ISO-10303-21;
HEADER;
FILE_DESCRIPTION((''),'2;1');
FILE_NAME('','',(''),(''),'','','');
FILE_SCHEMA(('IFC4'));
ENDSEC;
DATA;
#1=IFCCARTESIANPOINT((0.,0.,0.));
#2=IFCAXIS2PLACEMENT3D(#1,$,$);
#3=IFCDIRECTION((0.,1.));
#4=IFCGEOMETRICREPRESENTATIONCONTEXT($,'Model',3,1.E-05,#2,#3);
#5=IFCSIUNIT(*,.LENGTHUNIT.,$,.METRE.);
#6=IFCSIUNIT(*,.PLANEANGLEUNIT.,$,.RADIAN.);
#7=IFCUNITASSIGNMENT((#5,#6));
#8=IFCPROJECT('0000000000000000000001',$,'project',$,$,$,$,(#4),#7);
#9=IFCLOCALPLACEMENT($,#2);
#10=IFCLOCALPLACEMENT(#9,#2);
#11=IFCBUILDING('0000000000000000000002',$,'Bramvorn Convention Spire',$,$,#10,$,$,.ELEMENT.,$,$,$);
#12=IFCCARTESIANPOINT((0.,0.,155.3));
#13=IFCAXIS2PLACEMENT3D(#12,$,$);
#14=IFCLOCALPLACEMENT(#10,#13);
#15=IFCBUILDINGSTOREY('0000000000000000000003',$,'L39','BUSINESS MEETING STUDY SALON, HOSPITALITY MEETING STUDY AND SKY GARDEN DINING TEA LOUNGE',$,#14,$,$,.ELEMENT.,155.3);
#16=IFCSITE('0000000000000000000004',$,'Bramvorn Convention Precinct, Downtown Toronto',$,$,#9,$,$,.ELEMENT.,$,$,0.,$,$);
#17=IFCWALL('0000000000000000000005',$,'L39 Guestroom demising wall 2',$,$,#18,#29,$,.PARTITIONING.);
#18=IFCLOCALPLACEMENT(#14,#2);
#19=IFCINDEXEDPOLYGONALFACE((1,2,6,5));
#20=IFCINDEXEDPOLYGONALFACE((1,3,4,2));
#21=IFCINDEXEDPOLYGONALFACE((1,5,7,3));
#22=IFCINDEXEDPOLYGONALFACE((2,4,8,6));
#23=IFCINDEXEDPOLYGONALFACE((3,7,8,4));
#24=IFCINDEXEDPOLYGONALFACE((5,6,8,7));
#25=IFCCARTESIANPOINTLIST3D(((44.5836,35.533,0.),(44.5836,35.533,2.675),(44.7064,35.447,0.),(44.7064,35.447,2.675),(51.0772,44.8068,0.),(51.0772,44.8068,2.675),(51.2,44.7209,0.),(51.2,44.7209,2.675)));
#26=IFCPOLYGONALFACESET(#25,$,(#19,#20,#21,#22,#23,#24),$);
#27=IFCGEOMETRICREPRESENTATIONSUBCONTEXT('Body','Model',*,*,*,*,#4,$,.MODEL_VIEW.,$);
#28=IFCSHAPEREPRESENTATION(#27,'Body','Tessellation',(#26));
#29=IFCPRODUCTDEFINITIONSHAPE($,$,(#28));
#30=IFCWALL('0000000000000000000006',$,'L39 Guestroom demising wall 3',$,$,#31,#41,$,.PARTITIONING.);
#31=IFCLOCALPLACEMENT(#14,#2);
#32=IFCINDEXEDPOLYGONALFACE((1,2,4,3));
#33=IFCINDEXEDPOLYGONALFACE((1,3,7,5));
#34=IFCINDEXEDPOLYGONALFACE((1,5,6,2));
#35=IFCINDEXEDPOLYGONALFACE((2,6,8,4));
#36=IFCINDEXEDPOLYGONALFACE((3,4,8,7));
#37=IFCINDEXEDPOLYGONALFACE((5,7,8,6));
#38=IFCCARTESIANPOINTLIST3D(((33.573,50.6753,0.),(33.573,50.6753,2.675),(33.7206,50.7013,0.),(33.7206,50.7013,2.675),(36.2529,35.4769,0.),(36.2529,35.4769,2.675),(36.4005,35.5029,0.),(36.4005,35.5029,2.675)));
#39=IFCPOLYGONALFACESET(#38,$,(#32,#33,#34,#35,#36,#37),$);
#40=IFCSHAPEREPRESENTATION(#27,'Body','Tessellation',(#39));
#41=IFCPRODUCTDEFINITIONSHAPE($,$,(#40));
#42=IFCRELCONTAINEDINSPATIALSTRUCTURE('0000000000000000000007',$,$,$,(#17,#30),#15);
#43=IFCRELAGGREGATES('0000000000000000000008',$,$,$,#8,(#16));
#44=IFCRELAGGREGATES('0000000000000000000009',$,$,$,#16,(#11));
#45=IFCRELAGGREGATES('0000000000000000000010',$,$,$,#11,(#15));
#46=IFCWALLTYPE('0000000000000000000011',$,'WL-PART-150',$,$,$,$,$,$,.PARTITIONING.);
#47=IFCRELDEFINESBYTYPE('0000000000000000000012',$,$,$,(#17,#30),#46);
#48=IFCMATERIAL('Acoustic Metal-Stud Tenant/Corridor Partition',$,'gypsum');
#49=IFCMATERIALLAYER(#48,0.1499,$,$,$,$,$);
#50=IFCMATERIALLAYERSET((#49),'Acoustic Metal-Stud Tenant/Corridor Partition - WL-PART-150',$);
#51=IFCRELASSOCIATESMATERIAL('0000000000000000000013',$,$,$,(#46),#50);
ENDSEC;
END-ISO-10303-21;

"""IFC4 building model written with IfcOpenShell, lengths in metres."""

from ifc_helpers import new_model, si_unit, direction, frame, frame_2d, origin, place, context, subcontext, project, spatial, rectangle, extrude, material, layer, layer_set, type_object, element, save


model = new_model("IFC4")

# Units and contexts
model_context = context("Model", 3, precision=1e-05, world=origin(), true_north=direction((0.0, 1.0)))
body_context = subcontext(model_context, "Body", "Model", "MODEL_VIEW")
ifc_project = project(units=[si_unit("LENGTHUNIT", "METRE"), si_unit("PLANEANGLEUNIT", "RADIAN")], contexts=[model_context])

# Site, building, storey
site_placement = place(None, origin())
site = spatial("IfcSite", under=ifc_project, at=site_placement, Name="Bramvorn Convention Precinct, Downtown Toronto", CompositionType="ELEMENT", RefElevation=0.0)
building_placement = place(site_placement, origin())
building = spatial("IfcBuilding", under=site, at=building_placement, Name="Bramvorn Convention Spire", CompositionType="ELEMENT")
storey_placement = place(building_placement, frame((0.0, 0.0, 155.3)))
storey = spatial("IfcBuildingStorey", under=building, at=storey_placement, Name="L39", Description="BUSINESS MEETING STUDY SALON, HOSPITALITY MEETING STUDY AND SKY GARDEN DINING TEA LOUNGE", CompositionType="ELEMENT", Elevation=155.3)

# Walls
ifc_material_1 = material(Name="Acoustic Metal-Stud Tenant/Corridor Partition", Category="gypsum")
ifc_layer_1 = layer(ifc_material_1, 0.1499)
ifc_layer_set_1 = layer_set([ifc_layer_1], Name="Acoustic Metal-Stud Tenant/Corridor Partition - WL-PART-150")
wall_type_1 = type_object("IfcWallType", Name="WL-PART-150", PredefinedType="PARTITIONING", material=ifc_layer_set_1)
wall_1_placement = place(storey_placement, frame((44.645, 35.49, 0.0), z_axis=(0.0, 0.0, 1.0), x_axis=(0.573575, 0.819153, 0.0)))
element("IfcWall", 1, at=wall_1_placement, inside=storey, type_object=wall_type_1, Name="L39 Guestroom demising wall 2", PredefinedType="PARTITIONING", context=body_context, shape_type="SweptSolid", body=[
    extrude(rectangle(XDim=11.3213, YDim=0.1499, at=frame_2d((5.6606, 0.0))), origin(), (0.0, 0.0, 1.0), 2.675),
])
wall_2_placement = place(storey_placement, frame((36.3267, 35.49, 0.0), z_axis=(0.0, 0.0, 1.0), x_axis=(-0.17365, 0.984807, 0.0)))
element("IfcWall", 2, at=wall_2_placement, inside=storey, type_object=wall_type_1, Name="L39 Guestroom demising wall 3", PredefinedType="PARTITIONING", context=body_context, shape_type="SweptSolid", body=[
    extrude(rectangle(XDim=15.4329, YDim=0.1499, at=frame_2d((7.7163, 0.0))), origin(), (0.0, 0.0, 1.0), 2.675),
])

save(model, "model.ifc")
